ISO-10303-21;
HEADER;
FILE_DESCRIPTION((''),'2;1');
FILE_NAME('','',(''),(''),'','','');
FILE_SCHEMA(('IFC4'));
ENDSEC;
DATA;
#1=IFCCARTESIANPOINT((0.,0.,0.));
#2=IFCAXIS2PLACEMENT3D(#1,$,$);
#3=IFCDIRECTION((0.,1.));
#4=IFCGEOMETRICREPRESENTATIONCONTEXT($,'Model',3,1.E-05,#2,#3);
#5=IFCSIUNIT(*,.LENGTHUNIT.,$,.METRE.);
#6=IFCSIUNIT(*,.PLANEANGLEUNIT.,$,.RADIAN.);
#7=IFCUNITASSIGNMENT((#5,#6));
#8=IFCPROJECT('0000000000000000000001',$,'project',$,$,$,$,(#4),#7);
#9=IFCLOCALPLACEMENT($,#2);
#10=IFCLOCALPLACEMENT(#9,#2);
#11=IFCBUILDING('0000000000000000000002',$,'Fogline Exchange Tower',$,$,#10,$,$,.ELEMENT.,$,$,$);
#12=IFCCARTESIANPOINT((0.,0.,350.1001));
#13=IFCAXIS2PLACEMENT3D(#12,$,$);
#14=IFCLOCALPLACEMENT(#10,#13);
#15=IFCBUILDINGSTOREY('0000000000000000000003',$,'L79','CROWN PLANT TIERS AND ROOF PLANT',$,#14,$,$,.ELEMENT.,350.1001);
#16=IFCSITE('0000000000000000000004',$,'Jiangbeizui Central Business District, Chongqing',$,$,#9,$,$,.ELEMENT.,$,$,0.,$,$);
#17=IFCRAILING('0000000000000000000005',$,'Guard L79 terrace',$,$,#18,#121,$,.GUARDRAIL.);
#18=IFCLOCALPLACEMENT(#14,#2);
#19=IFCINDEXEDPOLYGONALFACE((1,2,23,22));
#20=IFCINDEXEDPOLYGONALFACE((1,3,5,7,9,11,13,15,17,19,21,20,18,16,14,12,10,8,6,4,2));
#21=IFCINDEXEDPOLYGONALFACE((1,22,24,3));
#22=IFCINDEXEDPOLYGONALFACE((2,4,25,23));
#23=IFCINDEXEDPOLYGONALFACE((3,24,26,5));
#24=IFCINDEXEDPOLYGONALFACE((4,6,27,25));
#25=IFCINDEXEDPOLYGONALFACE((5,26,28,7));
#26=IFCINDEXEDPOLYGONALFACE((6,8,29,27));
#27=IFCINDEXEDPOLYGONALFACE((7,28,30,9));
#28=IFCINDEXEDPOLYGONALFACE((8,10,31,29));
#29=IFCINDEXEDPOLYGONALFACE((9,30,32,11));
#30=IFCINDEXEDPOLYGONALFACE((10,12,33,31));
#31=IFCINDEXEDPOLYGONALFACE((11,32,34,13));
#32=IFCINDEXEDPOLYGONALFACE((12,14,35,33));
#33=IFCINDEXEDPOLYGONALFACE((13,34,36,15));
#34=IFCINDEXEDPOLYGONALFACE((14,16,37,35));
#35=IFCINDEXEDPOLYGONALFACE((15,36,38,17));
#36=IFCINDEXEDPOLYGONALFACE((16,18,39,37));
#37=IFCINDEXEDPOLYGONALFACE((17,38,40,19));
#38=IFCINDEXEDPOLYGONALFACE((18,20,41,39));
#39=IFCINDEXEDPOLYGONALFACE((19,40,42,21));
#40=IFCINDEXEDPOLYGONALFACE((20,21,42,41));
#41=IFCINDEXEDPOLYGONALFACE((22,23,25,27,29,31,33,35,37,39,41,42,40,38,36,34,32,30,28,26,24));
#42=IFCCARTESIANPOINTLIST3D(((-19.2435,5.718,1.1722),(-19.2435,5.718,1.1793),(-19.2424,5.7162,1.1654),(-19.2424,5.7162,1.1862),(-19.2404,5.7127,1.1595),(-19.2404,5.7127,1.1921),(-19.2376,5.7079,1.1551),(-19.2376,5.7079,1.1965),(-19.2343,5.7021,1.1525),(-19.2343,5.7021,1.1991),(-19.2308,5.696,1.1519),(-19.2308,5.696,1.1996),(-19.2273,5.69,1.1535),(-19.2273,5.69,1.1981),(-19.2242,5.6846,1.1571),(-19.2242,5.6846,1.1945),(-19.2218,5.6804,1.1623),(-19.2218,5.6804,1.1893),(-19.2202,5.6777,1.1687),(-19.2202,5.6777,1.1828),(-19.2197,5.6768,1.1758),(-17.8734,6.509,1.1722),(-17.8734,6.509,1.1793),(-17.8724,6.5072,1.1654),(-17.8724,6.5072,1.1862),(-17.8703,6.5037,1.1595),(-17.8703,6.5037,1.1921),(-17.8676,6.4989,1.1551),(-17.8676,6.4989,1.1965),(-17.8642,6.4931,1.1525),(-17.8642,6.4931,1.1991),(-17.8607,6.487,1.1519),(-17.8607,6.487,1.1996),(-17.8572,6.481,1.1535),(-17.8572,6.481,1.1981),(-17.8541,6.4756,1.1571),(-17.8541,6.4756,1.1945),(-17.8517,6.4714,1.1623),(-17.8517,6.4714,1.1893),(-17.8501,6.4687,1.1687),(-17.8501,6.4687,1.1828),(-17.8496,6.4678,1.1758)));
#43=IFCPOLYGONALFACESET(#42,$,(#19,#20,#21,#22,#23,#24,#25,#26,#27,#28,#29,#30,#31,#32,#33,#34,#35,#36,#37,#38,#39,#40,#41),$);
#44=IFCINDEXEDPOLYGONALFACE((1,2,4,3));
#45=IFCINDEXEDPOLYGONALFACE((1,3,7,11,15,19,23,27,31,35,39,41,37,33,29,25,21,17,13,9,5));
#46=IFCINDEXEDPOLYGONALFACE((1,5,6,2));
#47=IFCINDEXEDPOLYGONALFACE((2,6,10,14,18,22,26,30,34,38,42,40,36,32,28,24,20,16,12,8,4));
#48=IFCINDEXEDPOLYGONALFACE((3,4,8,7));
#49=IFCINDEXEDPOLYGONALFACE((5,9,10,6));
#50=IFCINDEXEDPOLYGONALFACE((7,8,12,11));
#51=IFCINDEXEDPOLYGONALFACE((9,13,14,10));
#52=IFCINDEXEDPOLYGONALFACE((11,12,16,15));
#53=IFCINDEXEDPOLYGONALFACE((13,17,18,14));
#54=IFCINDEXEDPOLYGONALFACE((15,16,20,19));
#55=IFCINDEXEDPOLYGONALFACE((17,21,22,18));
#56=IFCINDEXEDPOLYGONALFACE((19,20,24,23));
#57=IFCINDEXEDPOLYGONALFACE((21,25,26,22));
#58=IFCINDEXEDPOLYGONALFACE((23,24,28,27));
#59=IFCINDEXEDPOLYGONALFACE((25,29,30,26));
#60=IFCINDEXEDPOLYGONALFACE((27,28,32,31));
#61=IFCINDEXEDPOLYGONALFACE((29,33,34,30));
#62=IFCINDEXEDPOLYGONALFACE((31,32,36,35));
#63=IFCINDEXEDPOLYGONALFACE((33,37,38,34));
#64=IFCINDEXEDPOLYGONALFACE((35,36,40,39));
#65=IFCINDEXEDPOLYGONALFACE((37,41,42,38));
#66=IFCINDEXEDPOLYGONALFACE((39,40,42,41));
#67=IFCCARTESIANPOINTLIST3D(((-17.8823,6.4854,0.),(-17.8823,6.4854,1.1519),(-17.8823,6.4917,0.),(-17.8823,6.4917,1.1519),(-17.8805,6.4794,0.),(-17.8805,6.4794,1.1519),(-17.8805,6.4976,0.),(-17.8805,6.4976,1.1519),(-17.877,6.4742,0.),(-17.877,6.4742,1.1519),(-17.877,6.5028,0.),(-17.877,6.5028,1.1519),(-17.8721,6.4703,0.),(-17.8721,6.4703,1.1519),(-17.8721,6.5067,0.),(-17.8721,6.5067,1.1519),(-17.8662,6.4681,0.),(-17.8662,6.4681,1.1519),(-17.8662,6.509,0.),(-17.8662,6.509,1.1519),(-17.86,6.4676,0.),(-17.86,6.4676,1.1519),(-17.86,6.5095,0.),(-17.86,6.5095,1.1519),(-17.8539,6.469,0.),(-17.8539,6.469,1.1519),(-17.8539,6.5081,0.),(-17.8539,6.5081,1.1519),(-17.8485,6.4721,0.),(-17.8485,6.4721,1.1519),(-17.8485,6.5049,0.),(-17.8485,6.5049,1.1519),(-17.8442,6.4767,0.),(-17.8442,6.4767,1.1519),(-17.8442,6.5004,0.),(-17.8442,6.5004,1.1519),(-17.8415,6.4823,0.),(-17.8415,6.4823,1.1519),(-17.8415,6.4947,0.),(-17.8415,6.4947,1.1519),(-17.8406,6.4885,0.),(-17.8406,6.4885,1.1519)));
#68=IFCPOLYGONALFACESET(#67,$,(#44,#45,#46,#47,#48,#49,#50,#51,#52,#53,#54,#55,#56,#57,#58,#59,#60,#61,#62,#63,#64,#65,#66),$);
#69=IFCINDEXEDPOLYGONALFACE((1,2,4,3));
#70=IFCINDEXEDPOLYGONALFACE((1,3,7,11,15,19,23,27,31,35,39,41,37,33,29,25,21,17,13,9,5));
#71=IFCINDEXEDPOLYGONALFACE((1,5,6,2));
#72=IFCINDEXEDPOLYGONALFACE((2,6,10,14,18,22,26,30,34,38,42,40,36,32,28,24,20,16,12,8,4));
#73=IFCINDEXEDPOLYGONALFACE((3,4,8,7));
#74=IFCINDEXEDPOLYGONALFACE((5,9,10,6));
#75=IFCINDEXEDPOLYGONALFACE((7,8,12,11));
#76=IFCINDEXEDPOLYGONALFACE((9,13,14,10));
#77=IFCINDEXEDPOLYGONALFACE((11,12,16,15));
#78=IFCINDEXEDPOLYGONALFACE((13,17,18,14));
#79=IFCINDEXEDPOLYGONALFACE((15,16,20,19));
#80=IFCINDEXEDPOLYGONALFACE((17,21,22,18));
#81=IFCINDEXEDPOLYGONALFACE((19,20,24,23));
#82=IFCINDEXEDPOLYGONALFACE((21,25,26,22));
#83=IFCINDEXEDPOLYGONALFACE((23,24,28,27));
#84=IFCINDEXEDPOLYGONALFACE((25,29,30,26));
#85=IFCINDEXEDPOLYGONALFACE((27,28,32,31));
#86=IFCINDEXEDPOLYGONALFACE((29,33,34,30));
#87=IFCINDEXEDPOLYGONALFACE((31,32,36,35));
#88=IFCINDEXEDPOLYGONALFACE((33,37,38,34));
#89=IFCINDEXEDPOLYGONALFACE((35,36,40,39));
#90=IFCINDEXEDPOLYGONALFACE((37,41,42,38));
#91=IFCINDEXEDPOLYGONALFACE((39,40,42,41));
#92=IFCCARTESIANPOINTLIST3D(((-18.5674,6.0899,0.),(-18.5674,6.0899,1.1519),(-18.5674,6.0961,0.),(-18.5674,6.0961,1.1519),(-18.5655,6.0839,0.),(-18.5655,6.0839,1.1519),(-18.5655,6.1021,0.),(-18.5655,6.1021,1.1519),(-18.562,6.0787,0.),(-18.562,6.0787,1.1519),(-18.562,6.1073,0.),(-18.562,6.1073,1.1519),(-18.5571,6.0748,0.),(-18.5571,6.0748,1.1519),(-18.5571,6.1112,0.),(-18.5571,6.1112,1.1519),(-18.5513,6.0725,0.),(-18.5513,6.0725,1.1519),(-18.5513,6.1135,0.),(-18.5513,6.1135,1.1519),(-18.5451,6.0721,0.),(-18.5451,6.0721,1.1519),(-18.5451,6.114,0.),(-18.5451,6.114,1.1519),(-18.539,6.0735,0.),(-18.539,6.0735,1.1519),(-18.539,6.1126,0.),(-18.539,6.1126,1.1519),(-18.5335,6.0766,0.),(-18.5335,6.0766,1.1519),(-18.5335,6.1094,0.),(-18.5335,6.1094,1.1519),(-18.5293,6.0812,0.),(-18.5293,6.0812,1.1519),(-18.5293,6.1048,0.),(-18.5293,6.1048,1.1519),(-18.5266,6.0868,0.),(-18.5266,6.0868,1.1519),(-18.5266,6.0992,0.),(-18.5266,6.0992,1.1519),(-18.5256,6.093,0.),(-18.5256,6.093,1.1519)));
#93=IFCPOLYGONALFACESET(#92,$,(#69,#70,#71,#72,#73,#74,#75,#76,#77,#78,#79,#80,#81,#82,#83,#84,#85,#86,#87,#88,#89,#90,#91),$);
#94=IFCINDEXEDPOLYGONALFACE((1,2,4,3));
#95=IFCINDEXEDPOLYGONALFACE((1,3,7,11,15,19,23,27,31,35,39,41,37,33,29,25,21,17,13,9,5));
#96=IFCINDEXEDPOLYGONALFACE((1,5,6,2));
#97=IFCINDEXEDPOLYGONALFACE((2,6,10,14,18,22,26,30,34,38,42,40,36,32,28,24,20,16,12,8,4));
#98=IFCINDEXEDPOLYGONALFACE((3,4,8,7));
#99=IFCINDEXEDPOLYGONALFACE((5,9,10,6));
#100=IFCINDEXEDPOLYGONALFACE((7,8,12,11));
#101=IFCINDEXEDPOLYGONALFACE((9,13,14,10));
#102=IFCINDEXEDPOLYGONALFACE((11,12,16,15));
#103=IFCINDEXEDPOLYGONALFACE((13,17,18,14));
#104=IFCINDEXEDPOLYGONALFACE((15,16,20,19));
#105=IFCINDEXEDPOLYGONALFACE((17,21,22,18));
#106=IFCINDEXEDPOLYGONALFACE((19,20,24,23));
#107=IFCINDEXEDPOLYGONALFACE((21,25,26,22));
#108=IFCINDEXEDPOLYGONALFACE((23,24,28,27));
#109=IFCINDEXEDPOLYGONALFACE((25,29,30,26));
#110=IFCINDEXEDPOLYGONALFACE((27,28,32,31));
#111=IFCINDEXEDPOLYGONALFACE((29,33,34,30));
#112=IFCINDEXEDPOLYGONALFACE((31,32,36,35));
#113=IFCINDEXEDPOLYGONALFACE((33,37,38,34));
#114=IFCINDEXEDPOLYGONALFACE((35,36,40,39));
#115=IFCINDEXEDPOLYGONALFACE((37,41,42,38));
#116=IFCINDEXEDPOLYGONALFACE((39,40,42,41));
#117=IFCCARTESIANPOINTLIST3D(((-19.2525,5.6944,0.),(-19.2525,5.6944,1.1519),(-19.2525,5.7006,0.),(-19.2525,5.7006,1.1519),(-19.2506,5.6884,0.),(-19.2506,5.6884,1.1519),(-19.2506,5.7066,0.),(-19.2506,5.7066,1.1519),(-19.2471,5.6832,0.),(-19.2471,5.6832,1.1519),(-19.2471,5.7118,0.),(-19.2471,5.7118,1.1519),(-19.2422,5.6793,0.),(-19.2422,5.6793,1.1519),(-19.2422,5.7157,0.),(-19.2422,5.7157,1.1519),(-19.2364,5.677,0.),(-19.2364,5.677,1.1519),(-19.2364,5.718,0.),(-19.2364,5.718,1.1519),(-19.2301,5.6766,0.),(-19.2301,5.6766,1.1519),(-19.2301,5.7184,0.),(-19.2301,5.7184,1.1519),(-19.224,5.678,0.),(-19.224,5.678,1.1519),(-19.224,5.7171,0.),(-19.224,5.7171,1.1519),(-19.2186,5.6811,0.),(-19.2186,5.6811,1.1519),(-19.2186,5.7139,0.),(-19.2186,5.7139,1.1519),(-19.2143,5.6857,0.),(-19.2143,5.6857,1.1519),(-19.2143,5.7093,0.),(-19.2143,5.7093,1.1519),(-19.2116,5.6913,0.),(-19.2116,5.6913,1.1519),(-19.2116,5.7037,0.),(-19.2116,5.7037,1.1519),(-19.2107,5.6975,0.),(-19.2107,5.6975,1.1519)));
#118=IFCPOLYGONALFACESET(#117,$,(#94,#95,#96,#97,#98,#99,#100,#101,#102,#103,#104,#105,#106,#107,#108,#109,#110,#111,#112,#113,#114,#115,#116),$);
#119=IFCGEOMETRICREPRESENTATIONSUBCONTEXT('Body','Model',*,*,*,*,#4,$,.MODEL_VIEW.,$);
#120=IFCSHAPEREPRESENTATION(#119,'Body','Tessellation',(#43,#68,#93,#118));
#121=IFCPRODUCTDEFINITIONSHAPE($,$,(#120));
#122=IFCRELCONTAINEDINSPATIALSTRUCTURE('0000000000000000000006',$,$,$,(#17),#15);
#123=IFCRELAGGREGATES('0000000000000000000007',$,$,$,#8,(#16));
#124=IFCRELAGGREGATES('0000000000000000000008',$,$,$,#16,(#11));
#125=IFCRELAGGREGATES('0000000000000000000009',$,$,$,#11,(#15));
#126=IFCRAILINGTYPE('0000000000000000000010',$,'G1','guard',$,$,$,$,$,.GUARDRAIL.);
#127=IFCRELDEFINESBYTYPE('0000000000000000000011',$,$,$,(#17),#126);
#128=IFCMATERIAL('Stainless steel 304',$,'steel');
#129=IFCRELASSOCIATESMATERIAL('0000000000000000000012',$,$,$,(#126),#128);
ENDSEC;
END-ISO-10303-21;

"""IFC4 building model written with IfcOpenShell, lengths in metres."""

from ifc_helpers import new_model, si_unit, direction, frame, origin, origin_2d, place, context, subcontext, project, spatial, circle, extrude, material, type_object, element, save


model = new_model("IFC4")

# Units and contexts
model_context = context("Model", 3, precision=1e-05, world=origin(), true_north=direction((0.0, 1.0)))
body_context = subcontext(model_context, "Body", "Model", "MODEL_VIEW")
ifc_project = project(units=[si_unit("LENGTHUNIT", "METRE"), si_unit("PLANEANGLEUNIT", "RADIAN")], contexts=[model_context])

# Site, building, storey
site_placement = place(None, origin())
site = spatial("IfcSite", under=ifc_project, at=site_placement, Name="Jiangbeizui Central Business District, Chongqing", CompositionType="ELEMENT", RefElevation=0.0)
building_placement = place(site_placement, origin())
building = spatial("IfcBuilding", under=site, at=building_placement, Name="Fogline Exchange Tower", CompositionType="ELEMENT")
storey_placement = place(building_placement, frame((0.0, 0.0, 350.1001)))
storey = spatial("IfcBuildingStorey", under=building, at=storey_placement, Name="L79", Description="CROWN PLANT TIERS AND ROOF PLANT", CompositionType="ELEMENT", Elevation=350.1001)

# Railing
ifc_material_1 = material(Name="Stainless steel 304", Category="steel")
railing_type = type_object("IfcRailingType", Name="G1", Description="guard", PredefinedType="GUARDRAIL", material=ifc_material_1)
railing_1_placement = place(storey_placement, frame((-17.8616, 6.4885, 0.0)))
element("IfcRailing", 1, at=railing_1_placement, inside=storey, type_object=railing_type, Name="Guard L79 terrace", PredefinedType="GUARDRAIL", context=body_context, shape_type="SweptSolid", body=[
    extrude(circle(Radius=0.0239, at=origin_2d()), frame((0.0, 0.0, 1.1758), z_axis=(-0.866031, -0.49999, 0.0), x_axis=(0.49999, -0.866031, 0.0)), (0.0, 0.0, 1.0), 1.582),
    extrude(circle(Radius=0.021, at=origin_2d()), origin(), (0.0, 0.0, 1.0), 1.1519),
    extrude(circle(Radius=0.021, at=origin_2d()), frame((-0.6851, -0.3955, 0.0)), (0.0, 0.0, 1.0), 1.1519),
    extrude(circle(Radius=0.021, at=origin_2d()), frame((-1.3701, -0.791, 0.0)), (0.0, 0.0, 1.0), 1.1519),
])

save(model, "model.ifc")
